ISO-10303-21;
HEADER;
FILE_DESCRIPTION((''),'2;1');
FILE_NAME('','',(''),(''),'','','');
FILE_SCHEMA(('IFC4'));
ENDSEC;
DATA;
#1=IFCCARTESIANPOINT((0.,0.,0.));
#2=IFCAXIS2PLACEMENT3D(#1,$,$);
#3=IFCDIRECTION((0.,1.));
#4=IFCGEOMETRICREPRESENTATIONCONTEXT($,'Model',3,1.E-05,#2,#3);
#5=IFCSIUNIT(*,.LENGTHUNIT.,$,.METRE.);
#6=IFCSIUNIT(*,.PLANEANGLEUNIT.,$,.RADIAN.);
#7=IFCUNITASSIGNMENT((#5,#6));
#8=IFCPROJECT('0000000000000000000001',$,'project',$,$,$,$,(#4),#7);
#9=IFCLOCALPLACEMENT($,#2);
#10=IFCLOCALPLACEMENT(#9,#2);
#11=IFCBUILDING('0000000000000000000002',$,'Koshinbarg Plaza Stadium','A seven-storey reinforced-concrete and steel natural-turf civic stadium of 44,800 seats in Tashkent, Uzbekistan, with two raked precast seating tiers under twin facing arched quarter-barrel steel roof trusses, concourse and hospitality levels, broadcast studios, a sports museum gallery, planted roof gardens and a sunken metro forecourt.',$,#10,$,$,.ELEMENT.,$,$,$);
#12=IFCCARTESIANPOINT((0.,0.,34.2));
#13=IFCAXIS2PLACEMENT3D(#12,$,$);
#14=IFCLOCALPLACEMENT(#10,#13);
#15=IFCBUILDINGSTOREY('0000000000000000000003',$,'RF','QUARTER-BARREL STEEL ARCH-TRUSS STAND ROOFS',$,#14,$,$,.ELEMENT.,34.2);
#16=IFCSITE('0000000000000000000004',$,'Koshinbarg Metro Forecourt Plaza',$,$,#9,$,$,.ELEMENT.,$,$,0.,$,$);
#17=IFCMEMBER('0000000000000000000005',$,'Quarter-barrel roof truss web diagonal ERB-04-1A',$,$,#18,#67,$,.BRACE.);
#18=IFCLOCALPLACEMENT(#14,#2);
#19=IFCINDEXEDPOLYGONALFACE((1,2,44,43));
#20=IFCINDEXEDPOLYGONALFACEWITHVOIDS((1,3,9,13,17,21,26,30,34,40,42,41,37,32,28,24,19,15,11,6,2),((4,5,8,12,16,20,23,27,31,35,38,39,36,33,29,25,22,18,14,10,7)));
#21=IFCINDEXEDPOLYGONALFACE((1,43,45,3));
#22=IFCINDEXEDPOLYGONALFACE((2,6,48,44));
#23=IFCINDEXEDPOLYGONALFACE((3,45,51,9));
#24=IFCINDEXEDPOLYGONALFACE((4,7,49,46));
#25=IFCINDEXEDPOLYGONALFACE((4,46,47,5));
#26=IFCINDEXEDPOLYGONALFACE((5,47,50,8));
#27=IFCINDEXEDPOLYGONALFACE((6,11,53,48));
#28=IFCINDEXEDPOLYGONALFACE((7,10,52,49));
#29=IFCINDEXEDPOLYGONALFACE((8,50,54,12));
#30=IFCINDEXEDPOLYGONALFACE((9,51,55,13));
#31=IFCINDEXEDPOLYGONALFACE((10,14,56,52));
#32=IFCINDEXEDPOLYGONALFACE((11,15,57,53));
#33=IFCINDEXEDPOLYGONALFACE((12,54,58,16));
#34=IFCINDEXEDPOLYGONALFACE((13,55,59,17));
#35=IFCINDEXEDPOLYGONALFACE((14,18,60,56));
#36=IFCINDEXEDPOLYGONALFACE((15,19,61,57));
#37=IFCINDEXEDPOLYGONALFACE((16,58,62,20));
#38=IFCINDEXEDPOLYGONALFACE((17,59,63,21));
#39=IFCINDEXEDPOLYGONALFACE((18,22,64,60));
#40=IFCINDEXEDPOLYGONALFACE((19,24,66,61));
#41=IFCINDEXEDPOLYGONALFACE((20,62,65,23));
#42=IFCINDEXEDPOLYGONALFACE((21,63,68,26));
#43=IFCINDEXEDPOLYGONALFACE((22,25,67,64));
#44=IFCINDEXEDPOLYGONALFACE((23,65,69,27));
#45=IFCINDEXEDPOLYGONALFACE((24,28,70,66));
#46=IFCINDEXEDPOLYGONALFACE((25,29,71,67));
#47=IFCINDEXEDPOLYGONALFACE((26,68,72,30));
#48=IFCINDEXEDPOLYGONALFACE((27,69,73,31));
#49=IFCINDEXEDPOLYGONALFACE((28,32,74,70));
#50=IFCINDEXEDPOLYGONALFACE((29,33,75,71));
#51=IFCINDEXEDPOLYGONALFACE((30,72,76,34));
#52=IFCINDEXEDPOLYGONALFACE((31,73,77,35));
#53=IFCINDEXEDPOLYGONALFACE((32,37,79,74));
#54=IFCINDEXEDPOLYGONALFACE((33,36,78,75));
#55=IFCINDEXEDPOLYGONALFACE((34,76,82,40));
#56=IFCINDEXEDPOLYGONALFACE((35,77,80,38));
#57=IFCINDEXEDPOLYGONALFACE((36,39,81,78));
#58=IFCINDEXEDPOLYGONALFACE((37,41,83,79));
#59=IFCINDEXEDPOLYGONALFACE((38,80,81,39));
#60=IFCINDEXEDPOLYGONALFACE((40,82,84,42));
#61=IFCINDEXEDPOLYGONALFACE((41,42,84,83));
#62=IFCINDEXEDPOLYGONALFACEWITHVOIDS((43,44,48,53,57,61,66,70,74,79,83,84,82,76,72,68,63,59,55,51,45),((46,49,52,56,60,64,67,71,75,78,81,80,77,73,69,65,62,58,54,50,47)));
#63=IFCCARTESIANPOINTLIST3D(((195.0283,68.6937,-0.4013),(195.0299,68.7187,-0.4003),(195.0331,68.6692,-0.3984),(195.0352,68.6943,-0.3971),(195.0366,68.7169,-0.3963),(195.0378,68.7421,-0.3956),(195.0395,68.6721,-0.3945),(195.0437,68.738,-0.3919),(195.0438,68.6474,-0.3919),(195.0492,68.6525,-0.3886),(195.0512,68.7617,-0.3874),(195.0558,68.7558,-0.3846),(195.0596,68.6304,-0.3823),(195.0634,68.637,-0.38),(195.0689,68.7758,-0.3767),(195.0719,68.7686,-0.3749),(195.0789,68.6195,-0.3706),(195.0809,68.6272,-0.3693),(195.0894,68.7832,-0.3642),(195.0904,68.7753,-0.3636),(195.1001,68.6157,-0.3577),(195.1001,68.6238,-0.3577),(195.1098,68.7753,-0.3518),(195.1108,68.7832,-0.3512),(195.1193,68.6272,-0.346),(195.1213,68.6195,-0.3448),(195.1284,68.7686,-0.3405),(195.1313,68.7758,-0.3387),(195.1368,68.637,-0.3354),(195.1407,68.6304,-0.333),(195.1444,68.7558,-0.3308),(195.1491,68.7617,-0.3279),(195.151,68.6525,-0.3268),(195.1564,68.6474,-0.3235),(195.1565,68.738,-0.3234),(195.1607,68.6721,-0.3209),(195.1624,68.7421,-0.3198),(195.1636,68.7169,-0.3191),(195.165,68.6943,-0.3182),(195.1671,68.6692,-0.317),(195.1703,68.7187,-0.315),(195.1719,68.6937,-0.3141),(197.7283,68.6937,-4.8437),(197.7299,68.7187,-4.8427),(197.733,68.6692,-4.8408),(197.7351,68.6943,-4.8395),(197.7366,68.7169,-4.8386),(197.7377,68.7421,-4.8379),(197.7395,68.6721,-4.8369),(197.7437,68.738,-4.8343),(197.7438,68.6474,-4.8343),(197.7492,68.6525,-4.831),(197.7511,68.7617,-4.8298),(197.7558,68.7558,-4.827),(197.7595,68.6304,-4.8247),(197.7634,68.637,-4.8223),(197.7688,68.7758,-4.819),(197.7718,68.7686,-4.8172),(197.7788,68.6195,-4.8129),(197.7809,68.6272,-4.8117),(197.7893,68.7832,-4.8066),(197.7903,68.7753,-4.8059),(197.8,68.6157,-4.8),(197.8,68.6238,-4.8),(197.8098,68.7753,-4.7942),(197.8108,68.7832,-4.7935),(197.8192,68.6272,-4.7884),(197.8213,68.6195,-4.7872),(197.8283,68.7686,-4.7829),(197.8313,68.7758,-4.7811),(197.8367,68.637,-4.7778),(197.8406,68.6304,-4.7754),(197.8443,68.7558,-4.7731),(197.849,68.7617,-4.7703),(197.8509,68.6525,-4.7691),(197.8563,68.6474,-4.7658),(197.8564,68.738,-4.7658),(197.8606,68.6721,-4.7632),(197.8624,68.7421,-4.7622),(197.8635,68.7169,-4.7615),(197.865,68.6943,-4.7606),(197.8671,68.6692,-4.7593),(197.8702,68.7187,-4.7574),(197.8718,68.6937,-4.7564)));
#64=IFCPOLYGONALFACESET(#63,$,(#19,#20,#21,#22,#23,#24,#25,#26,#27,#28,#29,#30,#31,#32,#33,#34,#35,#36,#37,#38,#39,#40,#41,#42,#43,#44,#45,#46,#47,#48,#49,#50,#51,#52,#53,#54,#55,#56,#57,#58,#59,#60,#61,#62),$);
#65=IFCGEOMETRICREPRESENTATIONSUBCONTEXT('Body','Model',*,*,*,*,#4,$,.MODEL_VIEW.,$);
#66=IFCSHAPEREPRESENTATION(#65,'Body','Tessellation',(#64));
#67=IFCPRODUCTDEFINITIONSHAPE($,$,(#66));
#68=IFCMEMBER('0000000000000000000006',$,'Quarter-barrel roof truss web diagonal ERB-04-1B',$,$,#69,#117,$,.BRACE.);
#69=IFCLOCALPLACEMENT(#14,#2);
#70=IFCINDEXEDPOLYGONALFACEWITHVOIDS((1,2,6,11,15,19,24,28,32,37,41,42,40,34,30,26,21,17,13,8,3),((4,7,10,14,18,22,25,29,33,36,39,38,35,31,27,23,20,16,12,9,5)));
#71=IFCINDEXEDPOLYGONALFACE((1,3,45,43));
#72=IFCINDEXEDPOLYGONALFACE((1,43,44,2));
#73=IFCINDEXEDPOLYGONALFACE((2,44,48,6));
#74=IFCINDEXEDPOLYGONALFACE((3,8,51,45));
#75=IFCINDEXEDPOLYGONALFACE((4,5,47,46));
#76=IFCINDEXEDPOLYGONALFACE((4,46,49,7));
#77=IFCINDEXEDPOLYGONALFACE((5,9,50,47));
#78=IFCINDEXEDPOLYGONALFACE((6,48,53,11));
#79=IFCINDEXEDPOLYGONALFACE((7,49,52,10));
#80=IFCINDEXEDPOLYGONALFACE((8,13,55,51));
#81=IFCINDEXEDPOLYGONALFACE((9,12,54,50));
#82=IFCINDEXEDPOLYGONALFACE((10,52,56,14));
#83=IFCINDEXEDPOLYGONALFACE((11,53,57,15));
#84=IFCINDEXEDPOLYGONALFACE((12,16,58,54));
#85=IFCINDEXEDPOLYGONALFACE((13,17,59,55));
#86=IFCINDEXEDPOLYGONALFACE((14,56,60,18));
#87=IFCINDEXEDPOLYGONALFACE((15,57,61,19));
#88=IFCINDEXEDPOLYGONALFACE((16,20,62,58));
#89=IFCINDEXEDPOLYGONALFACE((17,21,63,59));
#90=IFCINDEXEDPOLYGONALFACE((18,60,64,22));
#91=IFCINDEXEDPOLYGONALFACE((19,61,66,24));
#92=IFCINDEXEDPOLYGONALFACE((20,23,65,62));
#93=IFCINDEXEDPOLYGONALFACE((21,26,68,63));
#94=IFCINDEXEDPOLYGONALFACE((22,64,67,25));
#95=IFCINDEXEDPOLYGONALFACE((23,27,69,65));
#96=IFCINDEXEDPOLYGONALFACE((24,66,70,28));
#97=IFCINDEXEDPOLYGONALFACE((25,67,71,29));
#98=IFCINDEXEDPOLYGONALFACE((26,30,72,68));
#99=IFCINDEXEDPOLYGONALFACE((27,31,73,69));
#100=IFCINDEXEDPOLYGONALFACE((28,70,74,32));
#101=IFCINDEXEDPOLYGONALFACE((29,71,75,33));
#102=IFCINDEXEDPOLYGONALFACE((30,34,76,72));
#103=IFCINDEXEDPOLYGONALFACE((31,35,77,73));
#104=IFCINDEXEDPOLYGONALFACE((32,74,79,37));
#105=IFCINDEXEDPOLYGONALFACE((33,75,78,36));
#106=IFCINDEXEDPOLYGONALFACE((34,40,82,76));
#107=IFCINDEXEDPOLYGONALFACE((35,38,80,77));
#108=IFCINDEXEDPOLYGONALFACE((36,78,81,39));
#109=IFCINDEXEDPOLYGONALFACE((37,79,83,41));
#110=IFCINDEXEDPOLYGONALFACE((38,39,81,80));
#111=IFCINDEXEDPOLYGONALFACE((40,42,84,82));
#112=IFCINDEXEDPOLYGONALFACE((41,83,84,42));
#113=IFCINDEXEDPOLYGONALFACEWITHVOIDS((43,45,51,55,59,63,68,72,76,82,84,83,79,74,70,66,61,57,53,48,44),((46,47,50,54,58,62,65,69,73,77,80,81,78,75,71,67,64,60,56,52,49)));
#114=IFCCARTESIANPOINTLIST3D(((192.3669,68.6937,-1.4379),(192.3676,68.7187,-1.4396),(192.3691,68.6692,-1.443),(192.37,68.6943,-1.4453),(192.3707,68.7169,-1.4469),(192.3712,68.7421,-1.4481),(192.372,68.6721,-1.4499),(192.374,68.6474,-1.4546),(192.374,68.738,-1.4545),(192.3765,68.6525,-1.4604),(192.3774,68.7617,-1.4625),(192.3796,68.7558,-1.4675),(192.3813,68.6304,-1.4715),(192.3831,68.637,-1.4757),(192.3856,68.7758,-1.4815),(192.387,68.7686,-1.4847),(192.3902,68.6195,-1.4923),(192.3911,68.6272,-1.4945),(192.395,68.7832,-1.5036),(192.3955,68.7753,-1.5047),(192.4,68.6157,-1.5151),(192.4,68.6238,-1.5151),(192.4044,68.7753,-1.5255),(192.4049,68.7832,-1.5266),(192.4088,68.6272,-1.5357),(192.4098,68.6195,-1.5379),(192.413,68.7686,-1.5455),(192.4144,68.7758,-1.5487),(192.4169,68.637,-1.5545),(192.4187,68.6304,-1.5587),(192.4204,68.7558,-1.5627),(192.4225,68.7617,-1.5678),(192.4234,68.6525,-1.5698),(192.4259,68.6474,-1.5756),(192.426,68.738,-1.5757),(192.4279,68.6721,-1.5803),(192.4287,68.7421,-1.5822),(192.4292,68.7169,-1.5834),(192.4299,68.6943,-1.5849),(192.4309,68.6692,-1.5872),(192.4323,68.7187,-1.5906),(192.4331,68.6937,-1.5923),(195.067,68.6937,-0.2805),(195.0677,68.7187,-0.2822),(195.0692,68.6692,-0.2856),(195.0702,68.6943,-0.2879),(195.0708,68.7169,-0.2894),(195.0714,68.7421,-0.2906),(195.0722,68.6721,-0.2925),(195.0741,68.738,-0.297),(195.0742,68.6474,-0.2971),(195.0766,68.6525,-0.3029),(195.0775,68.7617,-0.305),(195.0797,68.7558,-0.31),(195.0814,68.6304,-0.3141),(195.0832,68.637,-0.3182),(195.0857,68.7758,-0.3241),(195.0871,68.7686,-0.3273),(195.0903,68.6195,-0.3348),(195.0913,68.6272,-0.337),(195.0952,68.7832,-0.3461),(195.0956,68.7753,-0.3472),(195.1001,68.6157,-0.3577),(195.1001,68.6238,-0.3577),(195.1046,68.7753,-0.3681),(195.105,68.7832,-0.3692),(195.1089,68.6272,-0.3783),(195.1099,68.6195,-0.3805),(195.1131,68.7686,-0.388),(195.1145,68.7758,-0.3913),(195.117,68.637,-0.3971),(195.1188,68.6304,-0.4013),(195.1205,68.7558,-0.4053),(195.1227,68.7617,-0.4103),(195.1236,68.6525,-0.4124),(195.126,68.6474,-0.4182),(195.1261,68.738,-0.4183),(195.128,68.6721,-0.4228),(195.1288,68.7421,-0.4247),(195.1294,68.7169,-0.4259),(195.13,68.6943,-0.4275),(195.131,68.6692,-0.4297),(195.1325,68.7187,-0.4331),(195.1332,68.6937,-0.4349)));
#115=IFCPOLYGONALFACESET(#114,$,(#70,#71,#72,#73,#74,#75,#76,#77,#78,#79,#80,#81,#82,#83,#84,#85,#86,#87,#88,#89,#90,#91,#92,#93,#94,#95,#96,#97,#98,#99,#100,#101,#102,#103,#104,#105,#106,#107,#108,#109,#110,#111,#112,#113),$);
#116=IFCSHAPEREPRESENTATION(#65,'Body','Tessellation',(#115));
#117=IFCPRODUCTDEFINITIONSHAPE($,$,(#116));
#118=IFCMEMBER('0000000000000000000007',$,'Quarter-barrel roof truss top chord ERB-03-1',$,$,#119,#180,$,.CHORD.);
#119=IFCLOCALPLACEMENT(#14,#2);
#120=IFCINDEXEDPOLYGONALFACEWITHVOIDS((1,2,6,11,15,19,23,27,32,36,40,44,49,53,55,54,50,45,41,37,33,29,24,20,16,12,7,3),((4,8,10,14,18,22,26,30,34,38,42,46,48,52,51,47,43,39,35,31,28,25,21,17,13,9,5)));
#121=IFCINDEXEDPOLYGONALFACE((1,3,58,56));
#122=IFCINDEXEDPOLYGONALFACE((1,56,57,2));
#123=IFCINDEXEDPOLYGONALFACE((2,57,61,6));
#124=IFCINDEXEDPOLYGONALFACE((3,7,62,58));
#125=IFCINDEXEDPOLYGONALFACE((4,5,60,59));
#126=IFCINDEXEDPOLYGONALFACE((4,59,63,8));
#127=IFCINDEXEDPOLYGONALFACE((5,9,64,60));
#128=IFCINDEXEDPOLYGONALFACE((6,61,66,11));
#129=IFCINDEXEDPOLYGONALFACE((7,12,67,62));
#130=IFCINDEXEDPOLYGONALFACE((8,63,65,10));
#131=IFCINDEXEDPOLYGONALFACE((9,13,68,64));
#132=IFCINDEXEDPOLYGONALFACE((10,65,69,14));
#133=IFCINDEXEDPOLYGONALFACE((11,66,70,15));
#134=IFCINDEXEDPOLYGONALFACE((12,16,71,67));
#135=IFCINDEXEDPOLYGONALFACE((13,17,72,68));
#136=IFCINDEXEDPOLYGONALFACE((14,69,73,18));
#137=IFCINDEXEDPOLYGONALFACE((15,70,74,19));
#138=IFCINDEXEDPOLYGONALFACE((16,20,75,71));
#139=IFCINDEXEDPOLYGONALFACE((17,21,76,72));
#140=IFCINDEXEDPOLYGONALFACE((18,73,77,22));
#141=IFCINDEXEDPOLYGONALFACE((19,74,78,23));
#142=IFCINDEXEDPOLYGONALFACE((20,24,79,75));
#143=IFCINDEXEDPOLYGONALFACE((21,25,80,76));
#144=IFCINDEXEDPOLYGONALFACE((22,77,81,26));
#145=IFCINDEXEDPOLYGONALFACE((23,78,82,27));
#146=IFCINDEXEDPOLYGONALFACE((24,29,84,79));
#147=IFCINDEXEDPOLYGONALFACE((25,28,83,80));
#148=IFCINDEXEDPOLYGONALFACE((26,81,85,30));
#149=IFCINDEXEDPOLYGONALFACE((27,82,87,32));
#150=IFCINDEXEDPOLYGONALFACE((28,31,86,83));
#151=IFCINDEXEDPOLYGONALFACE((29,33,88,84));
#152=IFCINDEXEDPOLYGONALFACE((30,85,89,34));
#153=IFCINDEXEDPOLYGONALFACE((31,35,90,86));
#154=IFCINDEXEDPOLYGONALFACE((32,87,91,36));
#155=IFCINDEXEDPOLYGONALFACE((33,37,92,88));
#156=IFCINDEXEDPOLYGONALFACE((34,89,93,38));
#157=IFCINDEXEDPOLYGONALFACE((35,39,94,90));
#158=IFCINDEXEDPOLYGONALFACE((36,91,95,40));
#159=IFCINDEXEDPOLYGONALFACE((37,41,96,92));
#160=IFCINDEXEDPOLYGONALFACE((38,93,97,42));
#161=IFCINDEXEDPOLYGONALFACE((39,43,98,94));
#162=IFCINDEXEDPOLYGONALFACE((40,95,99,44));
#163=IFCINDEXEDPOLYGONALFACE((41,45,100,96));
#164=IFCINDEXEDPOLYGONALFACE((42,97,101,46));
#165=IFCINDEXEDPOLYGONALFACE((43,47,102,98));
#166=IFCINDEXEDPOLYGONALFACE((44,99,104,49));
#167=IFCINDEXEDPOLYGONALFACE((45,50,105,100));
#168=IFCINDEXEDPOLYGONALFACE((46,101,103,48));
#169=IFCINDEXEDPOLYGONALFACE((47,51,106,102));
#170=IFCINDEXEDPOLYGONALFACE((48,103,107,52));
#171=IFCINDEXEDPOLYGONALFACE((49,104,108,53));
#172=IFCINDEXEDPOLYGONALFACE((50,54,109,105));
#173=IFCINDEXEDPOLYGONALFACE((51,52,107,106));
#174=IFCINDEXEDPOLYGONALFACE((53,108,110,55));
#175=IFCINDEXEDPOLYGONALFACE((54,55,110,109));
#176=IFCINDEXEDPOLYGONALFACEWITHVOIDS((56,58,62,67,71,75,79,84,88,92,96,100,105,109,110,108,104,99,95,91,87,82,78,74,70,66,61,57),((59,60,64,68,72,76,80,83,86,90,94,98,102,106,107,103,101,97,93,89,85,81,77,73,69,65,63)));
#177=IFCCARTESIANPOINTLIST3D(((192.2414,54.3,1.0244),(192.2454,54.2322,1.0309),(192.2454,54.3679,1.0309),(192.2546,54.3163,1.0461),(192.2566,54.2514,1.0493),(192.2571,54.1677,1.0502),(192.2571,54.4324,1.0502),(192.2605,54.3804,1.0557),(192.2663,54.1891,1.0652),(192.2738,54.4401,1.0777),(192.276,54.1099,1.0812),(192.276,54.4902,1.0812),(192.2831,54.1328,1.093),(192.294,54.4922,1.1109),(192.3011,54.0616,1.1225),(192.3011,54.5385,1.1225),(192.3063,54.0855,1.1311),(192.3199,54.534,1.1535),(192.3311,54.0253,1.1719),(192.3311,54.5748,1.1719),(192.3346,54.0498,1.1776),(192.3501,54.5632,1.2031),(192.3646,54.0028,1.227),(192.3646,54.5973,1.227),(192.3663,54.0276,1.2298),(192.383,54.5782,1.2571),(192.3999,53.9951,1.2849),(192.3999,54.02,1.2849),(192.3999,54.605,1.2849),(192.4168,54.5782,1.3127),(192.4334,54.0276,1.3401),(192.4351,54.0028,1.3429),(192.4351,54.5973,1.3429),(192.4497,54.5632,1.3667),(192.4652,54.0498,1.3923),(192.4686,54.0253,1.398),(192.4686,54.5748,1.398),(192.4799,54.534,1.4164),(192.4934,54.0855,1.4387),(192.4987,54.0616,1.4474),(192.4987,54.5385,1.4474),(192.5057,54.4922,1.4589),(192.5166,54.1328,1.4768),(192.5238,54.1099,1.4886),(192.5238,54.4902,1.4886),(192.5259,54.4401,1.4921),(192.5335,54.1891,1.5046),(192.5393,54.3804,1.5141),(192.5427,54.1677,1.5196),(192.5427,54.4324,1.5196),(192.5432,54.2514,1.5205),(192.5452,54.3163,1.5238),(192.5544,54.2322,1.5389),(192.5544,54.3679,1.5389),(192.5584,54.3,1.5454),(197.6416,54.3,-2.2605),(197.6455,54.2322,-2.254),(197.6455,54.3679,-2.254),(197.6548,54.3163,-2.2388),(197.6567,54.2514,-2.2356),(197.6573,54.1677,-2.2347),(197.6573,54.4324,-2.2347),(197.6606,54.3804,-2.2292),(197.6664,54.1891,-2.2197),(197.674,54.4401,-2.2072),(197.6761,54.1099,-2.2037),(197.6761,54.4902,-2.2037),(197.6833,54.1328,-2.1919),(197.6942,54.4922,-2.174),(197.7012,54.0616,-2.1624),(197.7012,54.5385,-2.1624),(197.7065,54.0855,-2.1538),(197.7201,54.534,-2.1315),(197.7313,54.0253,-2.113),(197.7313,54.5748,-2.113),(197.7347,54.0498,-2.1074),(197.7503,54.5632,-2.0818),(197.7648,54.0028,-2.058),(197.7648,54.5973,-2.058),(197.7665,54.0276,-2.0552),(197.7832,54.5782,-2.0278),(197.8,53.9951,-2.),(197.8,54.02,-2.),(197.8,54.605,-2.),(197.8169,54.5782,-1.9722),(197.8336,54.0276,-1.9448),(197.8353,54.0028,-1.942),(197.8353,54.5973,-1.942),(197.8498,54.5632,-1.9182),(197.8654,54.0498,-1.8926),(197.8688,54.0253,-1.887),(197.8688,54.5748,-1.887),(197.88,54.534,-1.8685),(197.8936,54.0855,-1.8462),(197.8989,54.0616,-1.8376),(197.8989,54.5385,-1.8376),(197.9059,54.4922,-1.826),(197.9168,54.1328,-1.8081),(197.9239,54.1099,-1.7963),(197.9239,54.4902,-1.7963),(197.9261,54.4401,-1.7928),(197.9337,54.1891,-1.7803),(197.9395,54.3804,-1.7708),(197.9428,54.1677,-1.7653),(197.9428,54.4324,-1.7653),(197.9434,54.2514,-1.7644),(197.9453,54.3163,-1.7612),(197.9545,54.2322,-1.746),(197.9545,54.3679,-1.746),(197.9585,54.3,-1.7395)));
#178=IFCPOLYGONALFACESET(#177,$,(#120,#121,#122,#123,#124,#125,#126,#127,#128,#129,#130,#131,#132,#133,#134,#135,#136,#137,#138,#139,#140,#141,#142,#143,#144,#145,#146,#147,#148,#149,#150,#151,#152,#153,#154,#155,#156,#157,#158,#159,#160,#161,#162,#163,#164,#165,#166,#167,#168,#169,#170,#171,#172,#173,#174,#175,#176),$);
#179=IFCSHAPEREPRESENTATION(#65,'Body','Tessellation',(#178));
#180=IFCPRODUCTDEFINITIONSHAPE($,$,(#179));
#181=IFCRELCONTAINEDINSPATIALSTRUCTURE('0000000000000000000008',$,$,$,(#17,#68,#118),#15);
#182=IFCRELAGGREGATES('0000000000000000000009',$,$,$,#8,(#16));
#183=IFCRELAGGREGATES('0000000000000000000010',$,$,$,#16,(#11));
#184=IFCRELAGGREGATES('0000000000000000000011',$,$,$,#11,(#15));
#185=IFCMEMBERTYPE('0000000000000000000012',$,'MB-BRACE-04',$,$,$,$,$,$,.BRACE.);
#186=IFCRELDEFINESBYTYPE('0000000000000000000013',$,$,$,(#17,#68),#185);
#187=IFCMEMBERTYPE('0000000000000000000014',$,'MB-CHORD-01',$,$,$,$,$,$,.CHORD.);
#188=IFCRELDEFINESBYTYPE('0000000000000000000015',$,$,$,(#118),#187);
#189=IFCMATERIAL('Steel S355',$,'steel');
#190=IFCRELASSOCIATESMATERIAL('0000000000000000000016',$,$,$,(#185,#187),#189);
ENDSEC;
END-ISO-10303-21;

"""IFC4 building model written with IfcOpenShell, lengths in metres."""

from ifc_helpers import new_model, si_unit, direction, frame, origin, origin_2d, place, context, subcontext, project, spatial, hollow_circle, extrude, material, material_profile, profile_set, type_object, element, save


model = new_model("IFC4")

# Units and contexts
model_context = context("Model", 3, precision=1e-05, world=origin(), true_north=direction((0.0, 1.0)))
body_context = subcontext(model_context, "Body", "Model", "MODEL_VIEW")
ifc_project = project(units=[si_unit("LENGTHUNIT", "METRE"), si_unit("PLANEANGLEUNIT", "RADIAN")], contexts=[model_context])

# Site, building, storey
site_placement = place(None, origin())
site = spatial("IfcSite", under=ifc_project, at=site_placement, Name="Koshinbarg Metro Forecourt Plaza", CompositionType="ELEMENT", RefElevation=0.0)
building_placement = place(site_placement, origin())
building = spatial("IfcBuilding", under=site, at=building_placement, Name="Koshinbarg Plaza Stadium", Description="A seven-storey reinforced-concrete and steel natural-turf civic stadium of 44,800 seats in Tashkent, Uzbekistan, with two raked precast seating tiers under twin facing arched quarter-barrel steel roof trusses, concourse and hospitality levels, broadcast studios, a sports museum gallery, planted roof gardens and a sunken metro forecourt.", CompositionType="ELEMENT")
storey_placement = place(building_placement, frame((0.0, 0.0, 34.2)))
storey = spatial("IfcBuildingStorey", under=building, at=storey_placement, Name="RF", Description="QUARTER-BARREL STEEL ARCH-TRUSS STAND ROOFS", CompositionType="ELEMENT", Elevation=34.2)

# Members
ifc_material_1 = material(Name="Steel S355", Category="steel")
ifc_material_profile_1 = material_profile(ifc_material_1, hollow_circle(Radius=0.0842, WallThickness=0.0081, at=origin_2d()), Name="CHS 168.3x8")
ifc_profile_set_1 = profile_set([ifc_material_profile_1], Name="Steel S355")
member_type_1 = type_object("IfcMemberType", Name="MB-BRACE-04", PredefinedType="BRACE", material=ifc_profile_set_1)
member_1_placement = place(storey_placement, frame((197.8, 68.7, -4.8), z_axis=(-0.51937, 0.0, 0.854549), x_axis=(0.0, -1.0, 0.0)))
element("IfcMember", 1, at=member_1_placement, inside=storey, type_object=member_type_1, Name="Quarter-barrel roof truss web diagonal ERB-04-1A", PredefinedType="BRACE", context=body_context, shape_type="SweptSolid", body=[
    extrude(hollow_circle(Radius=0.0842, WallThickness=0.0081, at=origin_2d()), origin(), (0.0, 0.0, 1.0), 5.1985),
])
member_2_placement = place(storey_placement, frame((195.1001, 68.7, -0.3577), z_axis=(-0.919115, 0.0, -0.39399), x_axis=(0.0, -1.0, 0.0)))
element("IfcMember", 2, at=member_2_placement, inside=storey, type_object=member_type_1, Name="Quarter-barrel roof truss web diagonal ERB-04-1B", PredefinedType="BRACE", context=body_context, shape_type="SweptSolid", body=[
    extrude(hollow_circle(Radius=0.0842, WallThickness=0.0081, at=origin_2d()), origin(), (0.0, 0.0, 1.0), 2.9377),
])
ifc_material_profile_2 = material_profile(ifc_material_1, hollow_circle(Radius=0.3049, WallThickness=0.0249, at=origin_2d()), Name="CHS 610x25")
ifc_profile_set_2 = profile_set([ifc_material_profile_2], Name="Steel S355")
member_type_2 = type_object("IfcMemberType", Name="MB-CHORD-01", PredefinedType="CHORD", material=ifc_profile_set_2)
for number, where, z_axis, x_axis, name in (
    (3, (197.8, 54.3, -2.0), (-0.854348, 0.0, 0.519701), (0.0, -1.0, 0.0), "Quarter-barrel roof truss top chord ERB-03-1"),
):
    element("IfcMember", number, at=place(storey_placement, frame(where, z_axis=z_axis, x_axis=x_axis)), inside=storey, type_object=member_type_2, Name=name, PredefinedType="CHORD", context=body_context, shape_type="SweptSolid", body=[
        extrude(hollow_circle(Radius=0.3049, WallThickness=0.0249, at=origin_2d()), origin(), (0.0, 0.0, 1.0), 6.3208),
    ])

save(model, "model.ifc")
